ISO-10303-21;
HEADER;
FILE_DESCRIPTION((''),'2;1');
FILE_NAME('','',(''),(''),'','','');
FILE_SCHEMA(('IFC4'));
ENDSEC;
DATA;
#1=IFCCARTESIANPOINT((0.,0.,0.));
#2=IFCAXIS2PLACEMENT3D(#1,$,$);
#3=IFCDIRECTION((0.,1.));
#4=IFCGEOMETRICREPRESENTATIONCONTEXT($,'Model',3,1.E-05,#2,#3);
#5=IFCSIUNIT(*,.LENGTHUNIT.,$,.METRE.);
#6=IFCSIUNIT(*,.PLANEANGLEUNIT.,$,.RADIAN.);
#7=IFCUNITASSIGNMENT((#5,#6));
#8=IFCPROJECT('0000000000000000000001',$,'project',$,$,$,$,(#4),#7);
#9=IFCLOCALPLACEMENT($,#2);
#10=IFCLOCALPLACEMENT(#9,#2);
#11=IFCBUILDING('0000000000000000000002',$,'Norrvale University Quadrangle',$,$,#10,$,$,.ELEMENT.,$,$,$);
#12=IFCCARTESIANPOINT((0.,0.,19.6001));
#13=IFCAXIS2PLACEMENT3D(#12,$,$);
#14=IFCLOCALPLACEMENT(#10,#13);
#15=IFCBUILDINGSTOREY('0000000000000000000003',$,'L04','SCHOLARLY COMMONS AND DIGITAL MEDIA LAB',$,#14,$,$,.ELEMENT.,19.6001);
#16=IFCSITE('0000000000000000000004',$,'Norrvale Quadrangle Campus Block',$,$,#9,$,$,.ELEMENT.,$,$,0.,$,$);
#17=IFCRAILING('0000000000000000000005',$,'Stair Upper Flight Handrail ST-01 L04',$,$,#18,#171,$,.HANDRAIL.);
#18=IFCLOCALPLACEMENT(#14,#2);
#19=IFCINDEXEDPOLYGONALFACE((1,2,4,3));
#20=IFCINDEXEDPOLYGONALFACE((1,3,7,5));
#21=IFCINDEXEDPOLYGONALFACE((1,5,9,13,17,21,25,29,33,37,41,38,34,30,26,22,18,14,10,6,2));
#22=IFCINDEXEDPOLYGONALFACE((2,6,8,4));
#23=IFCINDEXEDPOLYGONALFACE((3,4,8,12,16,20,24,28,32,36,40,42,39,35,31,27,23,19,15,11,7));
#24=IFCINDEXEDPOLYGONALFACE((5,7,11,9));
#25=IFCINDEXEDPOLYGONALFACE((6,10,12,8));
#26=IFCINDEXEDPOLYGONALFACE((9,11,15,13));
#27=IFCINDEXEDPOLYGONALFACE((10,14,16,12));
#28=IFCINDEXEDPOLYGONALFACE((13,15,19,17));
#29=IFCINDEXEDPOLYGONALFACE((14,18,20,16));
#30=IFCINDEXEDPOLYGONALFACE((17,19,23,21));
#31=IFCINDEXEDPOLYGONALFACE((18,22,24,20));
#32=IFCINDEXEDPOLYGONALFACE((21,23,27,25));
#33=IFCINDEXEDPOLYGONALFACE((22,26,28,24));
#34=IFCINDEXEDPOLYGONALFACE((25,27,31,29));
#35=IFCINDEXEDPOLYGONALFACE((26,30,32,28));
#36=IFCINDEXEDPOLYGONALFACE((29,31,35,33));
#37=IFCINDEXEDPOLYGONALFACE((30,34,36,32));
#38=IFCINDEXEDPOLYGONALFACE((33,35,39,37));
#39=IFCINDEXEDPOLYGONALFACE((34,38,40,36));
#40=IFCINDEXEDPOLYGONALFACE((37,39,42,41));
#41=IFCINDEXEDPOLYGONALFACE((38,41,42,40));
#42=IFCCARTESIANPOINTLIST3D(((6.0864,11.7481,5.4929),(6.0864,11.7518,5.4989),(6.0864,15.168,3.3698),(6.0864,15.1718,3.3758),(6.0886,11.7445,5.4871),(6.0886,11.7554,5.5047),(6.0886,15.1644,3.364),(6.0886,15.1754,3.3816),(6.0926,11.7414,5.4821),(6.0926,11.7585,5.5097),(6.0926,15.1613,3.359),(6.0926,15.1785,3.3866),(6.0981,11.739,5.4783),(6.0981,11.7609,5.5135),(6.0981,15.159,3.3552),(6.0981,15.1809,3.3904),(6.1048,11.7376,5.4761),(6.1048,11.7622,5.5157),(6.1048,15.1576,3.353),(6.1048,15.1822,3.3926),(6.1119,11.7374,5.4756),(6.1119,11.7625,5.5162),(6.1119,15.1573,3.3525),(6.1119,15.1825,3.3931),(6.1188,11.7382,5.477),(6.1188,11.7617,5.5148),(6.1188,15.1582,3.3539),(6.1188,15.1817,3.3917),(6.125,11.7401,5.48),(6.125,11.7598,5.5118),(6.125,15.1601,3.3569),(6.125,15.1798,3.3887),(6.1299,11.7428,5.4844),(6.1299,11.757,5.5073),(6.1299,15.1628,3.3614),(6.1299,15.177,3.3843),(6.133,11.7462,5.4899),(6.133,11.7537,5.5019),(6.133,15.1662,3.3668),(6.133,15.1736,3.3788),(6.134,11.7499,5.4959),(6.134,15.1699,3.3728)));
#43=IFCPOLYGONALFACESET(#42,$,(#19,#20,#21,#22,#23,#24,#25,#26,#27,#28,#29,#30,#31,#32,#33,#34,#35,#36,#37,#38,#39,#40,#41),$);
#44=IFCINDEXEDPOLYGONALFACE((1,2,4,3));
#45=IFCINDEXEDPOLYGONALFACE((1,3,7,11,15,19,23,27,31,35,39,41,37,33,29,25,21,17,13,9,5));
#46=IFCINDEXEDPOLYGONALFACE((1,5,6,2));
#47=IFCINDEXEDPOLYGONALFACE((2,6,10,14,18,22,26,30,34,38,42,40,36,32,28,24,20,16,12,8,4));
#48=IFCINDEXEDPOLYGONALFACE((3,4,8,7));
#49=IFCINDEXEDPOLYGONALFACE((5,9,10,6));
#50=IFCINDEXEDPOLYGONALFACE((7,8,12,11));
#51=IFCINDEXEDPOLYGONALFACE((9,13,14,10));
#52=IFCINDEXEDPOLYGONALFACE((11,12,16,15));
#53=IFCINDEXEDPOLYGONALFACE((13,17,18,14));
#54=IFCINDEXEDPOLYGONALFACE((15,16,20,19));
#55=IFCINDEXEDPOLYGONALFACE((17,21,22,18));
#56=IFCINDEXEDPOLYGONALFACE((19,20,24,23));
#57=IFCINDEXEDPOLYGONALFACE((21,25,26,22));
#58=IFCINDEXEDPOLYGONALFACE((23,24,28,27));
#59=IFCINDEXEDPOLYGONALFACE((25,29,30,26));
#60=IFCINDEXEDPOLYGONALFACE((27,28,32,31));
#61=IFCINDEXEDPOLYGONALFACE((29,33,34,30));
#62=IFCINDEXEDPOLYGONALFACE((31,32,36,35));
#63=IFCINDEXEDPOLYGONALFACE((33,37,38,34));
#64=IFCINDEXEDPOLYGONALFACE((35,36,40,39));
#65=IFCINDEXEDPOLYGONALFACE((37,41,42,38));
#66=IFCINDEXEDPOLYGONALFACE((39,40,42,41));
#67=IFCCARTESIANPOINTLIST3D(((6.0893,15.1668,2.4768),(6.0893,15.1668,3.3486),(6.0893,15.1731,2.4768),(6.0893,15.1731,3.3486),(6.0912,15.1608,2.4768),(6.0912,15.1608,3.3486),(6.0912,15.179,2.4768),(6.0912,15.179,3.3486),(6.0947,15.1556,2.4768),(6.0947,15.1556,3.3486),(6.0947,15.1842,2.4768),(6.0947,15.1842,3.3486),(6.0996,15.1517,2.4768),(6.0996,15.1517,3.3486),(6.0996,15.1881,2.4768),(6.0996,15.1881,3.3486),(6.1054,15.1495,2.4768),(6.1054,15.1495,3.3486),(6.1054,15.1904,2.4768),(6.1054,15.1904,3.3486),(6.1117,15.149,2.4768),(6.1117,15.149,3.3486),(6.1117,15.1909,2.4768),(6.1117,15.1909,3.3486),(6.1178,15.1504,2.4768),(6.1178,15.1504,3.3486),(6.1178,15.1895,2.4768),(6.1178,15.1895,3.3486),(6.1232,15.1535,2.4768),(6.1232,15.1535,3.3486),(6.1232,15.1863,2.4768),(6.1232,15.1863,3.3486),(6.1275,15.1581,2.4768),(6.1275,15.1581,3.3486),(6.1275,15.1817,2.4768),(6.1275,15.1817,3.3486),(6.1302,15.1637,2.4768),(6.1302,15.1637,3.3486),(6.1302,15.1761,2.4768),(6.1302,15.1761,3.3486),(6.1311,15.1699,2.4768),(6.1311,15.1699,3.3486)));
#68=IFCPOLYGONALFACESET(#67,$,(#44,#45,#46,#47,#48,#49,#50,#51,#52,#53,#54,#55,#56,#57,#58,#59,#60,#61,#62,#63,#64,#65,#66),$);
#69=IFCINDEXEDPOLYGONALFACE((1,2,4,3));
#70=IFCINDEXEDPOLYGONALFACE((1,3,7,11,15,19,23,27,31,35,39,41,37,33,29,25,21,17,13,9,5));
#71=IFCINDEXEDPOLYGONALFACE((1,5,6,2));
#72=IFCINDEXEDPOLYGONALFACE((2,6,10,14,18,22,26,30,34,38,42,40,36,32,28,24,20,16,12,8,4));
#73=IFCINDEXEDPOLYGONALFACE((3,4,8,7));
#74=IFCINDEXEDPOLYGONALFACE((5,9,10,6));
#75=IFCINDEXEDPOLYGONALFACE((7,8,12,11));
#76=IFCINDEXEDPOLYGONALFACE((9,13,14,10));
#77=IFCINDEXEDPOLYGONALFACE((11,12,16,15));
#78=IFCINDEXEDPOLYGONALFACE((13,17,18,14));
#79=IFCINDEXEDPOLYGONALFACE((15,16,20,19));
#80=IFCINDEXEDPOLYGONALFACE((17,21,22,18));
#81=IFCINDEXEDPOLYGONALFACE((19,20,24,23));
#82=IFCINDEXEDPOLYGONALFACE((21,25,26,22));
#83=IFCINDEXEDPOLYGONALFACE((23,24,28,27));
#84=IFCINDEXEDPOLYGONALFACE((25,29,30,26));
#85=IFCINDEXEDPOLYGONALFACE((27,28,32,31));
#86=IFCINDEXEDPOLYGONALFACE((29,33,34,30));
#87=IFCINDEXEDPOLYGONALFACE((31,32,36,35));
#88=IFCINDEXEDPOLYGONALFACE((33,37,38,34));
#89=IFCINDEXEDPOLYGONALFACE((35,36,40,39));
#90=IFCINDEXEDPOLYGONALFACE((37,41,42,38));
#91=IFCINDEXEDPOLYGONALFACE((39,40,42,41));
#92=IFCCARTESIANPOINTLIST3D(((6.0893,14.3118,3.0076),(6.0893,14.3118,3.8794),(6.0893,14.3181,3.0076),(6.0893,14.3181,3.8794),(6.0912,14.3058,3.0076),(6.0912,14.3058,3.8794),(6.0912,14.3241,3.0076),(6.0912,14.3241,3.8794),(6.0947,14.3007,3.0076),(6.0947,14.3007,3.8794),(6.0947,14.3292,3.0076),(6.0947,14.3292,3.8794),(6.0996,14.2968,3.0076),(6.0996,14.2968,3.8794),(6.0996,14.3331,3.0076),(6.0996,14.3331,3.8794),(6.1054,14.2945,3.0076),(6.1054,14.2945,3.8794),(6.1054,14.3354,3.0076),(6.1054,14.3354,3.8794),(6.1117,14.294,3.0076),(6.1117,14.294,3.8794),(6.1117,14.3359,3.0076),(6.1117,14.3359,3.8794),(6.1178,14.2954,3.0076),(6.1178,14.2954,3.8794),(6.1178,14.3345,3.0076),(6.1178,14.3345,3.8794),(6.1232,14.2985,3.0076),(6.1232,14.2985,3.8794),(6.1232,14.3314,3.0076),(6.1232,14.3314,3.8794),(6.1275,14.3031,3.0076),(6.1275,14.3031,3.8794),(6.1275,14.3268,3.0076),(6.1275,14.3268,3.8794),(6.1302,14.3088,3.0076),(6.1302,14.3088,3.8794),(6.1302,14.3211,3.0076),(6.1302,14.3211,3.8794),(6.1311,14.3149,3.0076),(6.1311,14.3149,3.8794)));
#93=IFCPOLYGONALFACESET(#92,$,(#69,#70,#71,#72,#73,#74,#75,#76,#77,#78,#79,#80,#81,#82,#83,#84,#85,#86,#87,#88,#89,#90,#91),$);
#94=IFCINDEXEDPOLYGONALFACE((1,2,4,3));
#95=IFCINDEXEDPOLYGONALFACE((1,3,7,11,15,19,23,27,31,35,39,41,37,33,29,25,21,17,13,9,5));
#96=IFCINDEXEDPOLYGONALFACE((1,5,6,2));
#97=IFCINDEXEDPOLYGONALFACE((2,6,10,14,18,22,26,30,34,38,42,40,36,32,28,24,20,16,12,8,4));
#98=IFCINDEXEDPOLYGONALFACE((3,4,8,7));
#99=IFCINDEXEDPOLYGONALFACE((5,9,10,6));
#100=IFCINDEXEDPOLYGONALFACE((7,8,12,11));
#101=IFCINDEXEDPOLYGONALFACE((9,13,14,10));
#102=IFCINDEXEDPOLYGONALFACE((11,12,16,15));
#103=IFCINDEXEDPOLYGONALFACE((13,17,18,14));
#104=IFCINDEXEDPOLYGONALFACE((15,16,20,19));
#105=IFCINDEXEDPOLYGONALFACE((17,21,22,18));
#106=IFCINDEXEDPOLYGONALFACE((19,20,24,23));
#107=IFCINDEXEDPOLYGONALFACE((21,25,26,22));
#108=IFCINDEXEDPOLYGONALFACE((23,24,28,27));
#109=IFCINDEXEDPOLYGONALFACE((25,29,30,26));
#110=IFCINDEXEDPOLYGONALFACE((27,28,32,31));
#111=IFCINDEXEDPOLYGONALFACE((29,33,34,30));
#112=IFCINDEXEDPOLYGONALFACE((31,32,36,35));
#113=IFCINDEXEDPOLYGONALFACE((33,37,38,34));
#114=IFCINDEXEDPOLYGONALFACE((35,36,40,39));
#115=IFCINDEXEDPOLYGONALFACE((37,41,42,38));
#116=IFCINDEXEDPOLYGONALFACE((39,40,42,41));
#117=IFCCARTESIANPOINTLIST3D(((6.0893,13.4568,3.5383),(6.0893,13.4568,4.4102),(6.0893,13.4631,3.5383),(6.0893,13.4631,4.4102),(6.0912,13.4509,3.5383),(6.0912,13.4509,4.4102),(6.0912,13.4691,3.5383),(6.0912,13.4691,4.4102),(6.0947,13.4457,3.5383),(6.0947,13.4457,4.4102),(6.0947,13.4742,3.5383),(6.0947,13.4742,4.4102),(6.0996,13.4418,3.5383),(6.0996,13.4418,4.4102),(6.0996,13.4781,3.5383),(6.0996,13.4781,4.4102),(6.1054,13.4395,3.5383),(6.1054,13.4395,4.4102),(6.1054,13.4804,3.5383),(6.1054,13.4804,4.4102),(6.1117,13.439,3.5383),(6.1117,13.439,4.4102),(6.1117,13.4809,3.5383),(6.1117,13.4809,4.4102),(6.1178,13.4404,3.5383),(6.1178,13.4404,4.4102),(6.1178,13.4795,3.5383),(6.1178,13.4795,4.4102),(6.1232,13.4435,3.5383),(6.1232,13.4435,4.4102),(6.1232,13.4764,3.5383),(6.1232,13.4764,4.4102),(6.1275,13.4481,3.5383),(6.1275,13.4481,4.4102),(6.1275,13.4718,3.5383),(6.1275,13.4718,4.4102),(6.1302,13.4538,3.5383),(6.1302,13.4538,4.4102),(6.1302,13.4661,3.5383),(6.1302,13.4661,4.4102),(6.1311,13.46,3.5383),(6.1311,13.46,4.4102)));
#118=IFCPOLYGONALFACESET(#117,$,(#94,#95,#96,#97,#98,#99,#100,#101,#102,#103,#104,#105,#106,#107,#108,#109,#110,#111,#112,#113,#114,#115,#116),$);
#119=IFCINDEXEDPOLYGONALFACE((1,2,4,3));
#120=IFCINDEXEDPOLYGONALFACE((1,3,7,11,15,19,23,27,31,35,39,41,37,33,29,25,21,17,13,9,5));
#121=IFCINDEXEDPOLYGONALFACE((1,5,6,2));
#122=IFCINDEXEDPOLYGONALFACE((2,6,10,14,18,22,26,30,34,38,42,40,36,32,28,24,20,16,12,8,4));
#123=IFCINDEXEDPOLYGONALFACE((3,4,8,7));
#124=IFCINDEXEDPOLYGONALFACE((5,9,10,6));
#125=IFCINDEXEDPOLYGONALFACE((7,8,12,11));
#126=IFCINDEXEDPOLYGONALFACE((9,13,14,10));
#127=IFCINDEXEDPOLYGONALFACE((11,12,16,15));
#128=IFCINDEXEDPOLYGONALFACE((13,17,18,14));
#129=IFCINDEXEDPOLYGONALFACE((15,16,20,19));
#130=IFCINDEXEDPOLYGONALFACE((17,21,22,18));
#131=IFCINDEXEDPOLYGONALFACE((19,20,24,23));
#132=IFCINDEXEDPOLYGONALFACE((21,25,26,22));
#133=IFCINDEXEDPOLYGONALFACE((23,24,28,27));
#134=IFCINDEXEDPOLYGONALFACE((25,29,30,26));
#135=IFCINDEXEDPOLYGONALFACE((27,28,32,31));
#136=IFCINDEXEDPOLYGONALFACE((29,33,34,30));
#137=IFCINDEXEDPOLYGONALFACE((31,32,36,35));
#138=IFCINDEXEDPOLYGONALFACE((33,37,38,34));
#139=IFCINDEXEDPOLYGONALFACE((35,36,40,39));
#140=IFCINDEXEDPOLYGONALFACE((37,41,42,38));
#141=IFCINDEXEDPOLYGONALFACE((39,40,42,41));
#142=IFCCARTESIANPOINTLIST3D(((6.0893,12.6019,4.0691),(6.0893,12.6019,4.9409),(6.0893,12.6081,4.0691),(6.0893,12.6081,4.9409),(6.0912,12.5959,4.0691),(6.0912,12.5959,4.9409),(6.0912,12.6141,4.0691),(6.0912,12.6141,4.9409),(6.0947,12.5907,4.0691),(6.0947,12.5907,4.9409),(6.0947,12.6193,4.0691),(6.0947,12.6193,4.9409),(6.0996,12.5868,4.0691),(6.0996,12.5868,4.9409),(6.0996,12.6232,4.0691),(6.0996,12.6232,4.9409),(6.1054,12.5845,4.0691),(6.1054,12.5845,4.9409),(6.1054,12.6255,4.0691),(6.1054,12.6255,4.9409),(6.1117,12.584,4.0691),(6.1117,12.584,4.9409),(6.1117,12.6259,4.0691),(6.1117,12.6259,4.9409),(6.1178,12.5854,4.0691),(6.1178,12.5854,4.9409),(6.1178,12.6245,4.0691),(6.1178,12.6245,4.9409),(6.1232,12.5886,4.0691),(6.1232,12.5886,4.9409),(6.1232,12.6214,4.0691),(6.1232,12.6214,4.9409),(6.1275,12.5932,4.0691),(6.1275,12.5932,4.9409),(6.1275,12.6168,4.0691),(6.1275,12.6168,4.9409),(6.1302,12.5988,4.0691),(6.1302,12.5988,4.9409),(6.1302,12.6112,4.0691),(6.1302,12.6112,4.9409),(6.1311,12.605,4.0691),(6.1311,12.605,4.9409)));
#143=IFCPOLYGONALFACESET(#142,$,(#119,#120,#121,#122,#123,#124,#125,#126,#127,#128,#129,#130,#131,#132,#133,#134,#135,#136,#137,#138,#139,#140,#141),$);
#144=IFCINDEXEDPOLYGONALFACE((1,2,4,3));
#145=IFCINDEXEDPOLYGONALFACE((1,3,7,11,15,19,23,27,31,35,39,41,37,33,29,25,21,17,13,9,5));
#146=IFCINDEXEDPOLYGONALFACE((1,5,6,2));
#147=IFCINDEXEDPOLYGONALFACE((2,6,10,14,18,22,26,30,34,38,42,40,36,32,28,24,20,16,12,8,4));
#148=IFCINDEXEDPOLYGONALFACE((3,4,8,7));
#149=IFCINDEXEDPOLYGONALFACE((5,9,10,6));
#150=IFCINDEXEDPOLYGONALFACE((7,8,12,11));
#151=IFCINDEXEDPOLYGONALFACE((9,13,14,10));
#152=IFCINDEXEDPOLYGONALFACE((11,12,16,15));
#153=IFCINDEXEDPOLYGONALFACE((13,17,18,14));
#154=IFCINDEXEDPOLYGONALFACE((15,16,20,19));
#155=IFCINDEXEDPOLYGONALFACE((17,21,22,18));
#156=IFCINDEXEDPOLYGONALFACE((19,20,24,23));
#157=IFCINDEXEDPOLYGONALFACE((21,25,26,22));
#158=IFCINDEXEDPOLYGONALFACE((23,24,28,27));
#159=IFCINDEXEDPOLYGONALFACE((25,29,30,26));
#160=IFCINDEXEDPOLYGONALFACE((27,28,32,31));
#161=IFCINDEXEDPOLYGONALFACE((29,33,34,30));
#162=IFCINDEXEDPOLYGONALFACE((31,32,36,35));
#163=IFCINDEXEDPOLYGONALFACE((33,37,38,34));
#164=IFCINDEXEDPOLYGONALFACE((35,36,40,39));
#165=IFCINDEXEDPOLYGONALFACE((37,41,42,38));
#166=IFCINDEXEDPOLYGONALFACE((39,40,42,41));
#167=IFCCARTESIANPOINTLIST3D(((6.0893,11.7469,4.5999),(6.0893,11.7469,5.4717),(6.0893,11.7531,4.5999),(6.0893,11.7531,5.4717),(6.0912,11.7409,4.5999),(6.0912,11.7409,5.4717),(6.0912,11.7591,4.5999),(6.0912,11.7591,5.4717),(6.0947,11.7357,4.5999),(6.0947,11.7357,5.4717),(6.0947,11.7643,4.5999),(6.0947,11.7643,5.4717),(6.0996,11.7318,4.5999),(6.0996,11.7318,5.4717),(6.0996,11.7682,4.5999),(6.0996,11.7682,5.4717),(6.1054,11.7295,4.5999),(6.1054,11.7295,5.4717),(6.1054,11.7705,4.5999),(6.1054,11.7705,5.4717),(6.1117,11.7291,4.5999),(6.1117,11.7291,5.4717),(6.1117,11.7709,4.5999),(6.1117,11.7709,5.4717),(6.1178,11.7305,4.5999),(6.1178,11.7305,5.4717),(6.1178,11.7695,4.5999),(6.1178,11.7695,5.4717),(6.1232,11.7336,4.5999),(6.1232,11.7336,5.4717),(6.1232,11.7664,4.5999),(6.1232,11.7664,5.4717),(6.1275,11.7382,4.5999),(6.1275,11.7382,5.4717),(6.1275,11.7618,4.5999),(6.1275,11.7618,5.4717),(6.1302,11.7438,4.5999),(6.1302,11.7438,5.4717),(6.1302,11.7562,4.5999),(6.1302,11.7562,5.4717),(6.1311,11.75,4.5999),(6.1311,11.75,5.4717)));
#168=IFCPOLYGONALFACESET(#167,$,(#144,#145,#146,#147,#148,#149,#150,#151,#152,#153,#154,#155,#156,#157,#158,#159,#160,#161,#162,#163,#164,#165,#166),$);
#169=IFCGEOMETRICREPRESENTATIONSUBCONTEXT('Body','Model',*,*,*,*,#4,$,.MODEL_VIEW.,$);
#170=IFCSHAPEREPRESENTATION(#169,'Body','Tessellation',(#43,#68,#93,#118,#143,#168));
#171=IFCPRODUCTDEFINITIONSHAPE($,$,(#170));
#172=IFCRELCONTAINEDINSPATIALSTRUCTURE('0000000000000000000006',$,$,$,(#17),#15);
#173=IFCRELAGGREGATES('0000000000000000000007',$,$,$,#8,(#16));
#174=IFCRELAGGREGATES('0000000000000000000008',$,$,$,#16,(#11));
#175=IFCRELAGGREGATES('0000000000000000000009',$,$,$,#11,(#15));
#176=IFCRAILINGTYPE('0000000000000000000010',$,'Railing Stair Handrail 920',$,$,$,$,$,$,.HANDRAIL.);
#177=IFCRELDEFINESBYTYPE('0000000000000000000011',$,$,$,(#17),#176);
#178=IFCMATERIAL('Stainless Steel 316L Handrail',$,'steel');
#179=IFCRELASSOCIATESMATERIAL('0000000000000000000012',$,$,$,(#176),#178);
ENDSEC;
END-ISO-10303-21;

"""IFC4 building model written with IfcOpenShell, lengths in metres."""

from ifc_helpers import new_model, si_unit, direction, frame, origin, origin_2d, place, context, subcontext, project, spatial, circle, extrude, material, type_object, element, save


model = new_model("IFC4")

# Units and contexts
model_context = context("Model", 3, precision=1e-05, world=origin(), true_north=direction((0.0, 1.0)))
body_context = subcontext(model_context, "Body", "Model", "MODEL_VIEW")
ifc_project = project(units=[si_unit("LENGTHUNIT", "METRE"), si_unit("PLANEANGLEUNIT", "RADIAN")], contexts=[model_context])

# Site, building, storey
site_placement = place(None, origin())
site = spatial("IfcSite", under=ifc_project, at=site_placement, Name="Norrvale Quadrangle Campus Block", CompositionType="ELEMENT", RefElevation=0.0)
building_placement = place(site_placement, origin())
building = spatial("IfcBuilding", under=site, at=building_placement, Name="Norrvale University Quadrangle", CompositionType="ELEMENT")
storey_placement = place(building_placement, frame((0.0, 0.0, 19.6001)))
storey = spatial("IfcBuildingStorey", under=building, at=storey_placement, Name="L04", Description="SCHOLARLY COMMONS AND DIGITAL MEDIA LAB", CompositionType="ELEMENT", Elevation=19.6001)

# Railing
ifc_material_1 = material(Name="Stainless Steel 316L Handrail", Category="steel")
railing_type_1 = type_object("IfcRailingType", Name="Railing Stair Handrail 920", PredefinedType="HANDRAIL", material=ifc_material_1)
railing_1_placement = place(storey_placement, frame((6.1101, 15.1699, 2.4768)))
element("IfcRailing", 1, at=railing_1_placement, inside=storey, type_object=railing_type_1, Name="Stair Upper Flight Handrail ST-01 L04", PredefinedType="HANDRAIL", context=body_context, shape_type="SweptSolid", body=[
    extrude(circle(Radius=0.0239, at=origin_2d()), frame((0.0, 0.0, 0.896), z_axis=(0.0, -0.849603, 0.527423), x_axis=(1.0, 0.0, 0.0)), (0.0, 0.0, 1.0), 4.0254),
    extrude(circle(Radius=0.021, at=origin_2d()), origin(), (0.0, 0.0, 1.0), 0.8718),
    extrude(circle(Radius=0.021, at=origin_2d()), frame((0.0, -0.855, 0.5308)), (0.0, 0.0, 1.0), 0.8718),
    extrude(circle(Radius=0.021, at=origin_2d()), frame((0.0, -1.71, 1.0615)), (0.0, 0.0, 1.0), 0.8718),
    extrude(circle(Radius=0.021, at=origin_2d()), frame((0.0, -2.5649, 1.5923)), (0.0, 0.0, 1.0), 0.8718),
    extrude(circle(Radius=0.021, at=origin_2d()), frame((0.0, -3.4199, 2.123)), (0.0, 0.0, 1.0), 0.8718),
])

save(model, "model.ifc")
